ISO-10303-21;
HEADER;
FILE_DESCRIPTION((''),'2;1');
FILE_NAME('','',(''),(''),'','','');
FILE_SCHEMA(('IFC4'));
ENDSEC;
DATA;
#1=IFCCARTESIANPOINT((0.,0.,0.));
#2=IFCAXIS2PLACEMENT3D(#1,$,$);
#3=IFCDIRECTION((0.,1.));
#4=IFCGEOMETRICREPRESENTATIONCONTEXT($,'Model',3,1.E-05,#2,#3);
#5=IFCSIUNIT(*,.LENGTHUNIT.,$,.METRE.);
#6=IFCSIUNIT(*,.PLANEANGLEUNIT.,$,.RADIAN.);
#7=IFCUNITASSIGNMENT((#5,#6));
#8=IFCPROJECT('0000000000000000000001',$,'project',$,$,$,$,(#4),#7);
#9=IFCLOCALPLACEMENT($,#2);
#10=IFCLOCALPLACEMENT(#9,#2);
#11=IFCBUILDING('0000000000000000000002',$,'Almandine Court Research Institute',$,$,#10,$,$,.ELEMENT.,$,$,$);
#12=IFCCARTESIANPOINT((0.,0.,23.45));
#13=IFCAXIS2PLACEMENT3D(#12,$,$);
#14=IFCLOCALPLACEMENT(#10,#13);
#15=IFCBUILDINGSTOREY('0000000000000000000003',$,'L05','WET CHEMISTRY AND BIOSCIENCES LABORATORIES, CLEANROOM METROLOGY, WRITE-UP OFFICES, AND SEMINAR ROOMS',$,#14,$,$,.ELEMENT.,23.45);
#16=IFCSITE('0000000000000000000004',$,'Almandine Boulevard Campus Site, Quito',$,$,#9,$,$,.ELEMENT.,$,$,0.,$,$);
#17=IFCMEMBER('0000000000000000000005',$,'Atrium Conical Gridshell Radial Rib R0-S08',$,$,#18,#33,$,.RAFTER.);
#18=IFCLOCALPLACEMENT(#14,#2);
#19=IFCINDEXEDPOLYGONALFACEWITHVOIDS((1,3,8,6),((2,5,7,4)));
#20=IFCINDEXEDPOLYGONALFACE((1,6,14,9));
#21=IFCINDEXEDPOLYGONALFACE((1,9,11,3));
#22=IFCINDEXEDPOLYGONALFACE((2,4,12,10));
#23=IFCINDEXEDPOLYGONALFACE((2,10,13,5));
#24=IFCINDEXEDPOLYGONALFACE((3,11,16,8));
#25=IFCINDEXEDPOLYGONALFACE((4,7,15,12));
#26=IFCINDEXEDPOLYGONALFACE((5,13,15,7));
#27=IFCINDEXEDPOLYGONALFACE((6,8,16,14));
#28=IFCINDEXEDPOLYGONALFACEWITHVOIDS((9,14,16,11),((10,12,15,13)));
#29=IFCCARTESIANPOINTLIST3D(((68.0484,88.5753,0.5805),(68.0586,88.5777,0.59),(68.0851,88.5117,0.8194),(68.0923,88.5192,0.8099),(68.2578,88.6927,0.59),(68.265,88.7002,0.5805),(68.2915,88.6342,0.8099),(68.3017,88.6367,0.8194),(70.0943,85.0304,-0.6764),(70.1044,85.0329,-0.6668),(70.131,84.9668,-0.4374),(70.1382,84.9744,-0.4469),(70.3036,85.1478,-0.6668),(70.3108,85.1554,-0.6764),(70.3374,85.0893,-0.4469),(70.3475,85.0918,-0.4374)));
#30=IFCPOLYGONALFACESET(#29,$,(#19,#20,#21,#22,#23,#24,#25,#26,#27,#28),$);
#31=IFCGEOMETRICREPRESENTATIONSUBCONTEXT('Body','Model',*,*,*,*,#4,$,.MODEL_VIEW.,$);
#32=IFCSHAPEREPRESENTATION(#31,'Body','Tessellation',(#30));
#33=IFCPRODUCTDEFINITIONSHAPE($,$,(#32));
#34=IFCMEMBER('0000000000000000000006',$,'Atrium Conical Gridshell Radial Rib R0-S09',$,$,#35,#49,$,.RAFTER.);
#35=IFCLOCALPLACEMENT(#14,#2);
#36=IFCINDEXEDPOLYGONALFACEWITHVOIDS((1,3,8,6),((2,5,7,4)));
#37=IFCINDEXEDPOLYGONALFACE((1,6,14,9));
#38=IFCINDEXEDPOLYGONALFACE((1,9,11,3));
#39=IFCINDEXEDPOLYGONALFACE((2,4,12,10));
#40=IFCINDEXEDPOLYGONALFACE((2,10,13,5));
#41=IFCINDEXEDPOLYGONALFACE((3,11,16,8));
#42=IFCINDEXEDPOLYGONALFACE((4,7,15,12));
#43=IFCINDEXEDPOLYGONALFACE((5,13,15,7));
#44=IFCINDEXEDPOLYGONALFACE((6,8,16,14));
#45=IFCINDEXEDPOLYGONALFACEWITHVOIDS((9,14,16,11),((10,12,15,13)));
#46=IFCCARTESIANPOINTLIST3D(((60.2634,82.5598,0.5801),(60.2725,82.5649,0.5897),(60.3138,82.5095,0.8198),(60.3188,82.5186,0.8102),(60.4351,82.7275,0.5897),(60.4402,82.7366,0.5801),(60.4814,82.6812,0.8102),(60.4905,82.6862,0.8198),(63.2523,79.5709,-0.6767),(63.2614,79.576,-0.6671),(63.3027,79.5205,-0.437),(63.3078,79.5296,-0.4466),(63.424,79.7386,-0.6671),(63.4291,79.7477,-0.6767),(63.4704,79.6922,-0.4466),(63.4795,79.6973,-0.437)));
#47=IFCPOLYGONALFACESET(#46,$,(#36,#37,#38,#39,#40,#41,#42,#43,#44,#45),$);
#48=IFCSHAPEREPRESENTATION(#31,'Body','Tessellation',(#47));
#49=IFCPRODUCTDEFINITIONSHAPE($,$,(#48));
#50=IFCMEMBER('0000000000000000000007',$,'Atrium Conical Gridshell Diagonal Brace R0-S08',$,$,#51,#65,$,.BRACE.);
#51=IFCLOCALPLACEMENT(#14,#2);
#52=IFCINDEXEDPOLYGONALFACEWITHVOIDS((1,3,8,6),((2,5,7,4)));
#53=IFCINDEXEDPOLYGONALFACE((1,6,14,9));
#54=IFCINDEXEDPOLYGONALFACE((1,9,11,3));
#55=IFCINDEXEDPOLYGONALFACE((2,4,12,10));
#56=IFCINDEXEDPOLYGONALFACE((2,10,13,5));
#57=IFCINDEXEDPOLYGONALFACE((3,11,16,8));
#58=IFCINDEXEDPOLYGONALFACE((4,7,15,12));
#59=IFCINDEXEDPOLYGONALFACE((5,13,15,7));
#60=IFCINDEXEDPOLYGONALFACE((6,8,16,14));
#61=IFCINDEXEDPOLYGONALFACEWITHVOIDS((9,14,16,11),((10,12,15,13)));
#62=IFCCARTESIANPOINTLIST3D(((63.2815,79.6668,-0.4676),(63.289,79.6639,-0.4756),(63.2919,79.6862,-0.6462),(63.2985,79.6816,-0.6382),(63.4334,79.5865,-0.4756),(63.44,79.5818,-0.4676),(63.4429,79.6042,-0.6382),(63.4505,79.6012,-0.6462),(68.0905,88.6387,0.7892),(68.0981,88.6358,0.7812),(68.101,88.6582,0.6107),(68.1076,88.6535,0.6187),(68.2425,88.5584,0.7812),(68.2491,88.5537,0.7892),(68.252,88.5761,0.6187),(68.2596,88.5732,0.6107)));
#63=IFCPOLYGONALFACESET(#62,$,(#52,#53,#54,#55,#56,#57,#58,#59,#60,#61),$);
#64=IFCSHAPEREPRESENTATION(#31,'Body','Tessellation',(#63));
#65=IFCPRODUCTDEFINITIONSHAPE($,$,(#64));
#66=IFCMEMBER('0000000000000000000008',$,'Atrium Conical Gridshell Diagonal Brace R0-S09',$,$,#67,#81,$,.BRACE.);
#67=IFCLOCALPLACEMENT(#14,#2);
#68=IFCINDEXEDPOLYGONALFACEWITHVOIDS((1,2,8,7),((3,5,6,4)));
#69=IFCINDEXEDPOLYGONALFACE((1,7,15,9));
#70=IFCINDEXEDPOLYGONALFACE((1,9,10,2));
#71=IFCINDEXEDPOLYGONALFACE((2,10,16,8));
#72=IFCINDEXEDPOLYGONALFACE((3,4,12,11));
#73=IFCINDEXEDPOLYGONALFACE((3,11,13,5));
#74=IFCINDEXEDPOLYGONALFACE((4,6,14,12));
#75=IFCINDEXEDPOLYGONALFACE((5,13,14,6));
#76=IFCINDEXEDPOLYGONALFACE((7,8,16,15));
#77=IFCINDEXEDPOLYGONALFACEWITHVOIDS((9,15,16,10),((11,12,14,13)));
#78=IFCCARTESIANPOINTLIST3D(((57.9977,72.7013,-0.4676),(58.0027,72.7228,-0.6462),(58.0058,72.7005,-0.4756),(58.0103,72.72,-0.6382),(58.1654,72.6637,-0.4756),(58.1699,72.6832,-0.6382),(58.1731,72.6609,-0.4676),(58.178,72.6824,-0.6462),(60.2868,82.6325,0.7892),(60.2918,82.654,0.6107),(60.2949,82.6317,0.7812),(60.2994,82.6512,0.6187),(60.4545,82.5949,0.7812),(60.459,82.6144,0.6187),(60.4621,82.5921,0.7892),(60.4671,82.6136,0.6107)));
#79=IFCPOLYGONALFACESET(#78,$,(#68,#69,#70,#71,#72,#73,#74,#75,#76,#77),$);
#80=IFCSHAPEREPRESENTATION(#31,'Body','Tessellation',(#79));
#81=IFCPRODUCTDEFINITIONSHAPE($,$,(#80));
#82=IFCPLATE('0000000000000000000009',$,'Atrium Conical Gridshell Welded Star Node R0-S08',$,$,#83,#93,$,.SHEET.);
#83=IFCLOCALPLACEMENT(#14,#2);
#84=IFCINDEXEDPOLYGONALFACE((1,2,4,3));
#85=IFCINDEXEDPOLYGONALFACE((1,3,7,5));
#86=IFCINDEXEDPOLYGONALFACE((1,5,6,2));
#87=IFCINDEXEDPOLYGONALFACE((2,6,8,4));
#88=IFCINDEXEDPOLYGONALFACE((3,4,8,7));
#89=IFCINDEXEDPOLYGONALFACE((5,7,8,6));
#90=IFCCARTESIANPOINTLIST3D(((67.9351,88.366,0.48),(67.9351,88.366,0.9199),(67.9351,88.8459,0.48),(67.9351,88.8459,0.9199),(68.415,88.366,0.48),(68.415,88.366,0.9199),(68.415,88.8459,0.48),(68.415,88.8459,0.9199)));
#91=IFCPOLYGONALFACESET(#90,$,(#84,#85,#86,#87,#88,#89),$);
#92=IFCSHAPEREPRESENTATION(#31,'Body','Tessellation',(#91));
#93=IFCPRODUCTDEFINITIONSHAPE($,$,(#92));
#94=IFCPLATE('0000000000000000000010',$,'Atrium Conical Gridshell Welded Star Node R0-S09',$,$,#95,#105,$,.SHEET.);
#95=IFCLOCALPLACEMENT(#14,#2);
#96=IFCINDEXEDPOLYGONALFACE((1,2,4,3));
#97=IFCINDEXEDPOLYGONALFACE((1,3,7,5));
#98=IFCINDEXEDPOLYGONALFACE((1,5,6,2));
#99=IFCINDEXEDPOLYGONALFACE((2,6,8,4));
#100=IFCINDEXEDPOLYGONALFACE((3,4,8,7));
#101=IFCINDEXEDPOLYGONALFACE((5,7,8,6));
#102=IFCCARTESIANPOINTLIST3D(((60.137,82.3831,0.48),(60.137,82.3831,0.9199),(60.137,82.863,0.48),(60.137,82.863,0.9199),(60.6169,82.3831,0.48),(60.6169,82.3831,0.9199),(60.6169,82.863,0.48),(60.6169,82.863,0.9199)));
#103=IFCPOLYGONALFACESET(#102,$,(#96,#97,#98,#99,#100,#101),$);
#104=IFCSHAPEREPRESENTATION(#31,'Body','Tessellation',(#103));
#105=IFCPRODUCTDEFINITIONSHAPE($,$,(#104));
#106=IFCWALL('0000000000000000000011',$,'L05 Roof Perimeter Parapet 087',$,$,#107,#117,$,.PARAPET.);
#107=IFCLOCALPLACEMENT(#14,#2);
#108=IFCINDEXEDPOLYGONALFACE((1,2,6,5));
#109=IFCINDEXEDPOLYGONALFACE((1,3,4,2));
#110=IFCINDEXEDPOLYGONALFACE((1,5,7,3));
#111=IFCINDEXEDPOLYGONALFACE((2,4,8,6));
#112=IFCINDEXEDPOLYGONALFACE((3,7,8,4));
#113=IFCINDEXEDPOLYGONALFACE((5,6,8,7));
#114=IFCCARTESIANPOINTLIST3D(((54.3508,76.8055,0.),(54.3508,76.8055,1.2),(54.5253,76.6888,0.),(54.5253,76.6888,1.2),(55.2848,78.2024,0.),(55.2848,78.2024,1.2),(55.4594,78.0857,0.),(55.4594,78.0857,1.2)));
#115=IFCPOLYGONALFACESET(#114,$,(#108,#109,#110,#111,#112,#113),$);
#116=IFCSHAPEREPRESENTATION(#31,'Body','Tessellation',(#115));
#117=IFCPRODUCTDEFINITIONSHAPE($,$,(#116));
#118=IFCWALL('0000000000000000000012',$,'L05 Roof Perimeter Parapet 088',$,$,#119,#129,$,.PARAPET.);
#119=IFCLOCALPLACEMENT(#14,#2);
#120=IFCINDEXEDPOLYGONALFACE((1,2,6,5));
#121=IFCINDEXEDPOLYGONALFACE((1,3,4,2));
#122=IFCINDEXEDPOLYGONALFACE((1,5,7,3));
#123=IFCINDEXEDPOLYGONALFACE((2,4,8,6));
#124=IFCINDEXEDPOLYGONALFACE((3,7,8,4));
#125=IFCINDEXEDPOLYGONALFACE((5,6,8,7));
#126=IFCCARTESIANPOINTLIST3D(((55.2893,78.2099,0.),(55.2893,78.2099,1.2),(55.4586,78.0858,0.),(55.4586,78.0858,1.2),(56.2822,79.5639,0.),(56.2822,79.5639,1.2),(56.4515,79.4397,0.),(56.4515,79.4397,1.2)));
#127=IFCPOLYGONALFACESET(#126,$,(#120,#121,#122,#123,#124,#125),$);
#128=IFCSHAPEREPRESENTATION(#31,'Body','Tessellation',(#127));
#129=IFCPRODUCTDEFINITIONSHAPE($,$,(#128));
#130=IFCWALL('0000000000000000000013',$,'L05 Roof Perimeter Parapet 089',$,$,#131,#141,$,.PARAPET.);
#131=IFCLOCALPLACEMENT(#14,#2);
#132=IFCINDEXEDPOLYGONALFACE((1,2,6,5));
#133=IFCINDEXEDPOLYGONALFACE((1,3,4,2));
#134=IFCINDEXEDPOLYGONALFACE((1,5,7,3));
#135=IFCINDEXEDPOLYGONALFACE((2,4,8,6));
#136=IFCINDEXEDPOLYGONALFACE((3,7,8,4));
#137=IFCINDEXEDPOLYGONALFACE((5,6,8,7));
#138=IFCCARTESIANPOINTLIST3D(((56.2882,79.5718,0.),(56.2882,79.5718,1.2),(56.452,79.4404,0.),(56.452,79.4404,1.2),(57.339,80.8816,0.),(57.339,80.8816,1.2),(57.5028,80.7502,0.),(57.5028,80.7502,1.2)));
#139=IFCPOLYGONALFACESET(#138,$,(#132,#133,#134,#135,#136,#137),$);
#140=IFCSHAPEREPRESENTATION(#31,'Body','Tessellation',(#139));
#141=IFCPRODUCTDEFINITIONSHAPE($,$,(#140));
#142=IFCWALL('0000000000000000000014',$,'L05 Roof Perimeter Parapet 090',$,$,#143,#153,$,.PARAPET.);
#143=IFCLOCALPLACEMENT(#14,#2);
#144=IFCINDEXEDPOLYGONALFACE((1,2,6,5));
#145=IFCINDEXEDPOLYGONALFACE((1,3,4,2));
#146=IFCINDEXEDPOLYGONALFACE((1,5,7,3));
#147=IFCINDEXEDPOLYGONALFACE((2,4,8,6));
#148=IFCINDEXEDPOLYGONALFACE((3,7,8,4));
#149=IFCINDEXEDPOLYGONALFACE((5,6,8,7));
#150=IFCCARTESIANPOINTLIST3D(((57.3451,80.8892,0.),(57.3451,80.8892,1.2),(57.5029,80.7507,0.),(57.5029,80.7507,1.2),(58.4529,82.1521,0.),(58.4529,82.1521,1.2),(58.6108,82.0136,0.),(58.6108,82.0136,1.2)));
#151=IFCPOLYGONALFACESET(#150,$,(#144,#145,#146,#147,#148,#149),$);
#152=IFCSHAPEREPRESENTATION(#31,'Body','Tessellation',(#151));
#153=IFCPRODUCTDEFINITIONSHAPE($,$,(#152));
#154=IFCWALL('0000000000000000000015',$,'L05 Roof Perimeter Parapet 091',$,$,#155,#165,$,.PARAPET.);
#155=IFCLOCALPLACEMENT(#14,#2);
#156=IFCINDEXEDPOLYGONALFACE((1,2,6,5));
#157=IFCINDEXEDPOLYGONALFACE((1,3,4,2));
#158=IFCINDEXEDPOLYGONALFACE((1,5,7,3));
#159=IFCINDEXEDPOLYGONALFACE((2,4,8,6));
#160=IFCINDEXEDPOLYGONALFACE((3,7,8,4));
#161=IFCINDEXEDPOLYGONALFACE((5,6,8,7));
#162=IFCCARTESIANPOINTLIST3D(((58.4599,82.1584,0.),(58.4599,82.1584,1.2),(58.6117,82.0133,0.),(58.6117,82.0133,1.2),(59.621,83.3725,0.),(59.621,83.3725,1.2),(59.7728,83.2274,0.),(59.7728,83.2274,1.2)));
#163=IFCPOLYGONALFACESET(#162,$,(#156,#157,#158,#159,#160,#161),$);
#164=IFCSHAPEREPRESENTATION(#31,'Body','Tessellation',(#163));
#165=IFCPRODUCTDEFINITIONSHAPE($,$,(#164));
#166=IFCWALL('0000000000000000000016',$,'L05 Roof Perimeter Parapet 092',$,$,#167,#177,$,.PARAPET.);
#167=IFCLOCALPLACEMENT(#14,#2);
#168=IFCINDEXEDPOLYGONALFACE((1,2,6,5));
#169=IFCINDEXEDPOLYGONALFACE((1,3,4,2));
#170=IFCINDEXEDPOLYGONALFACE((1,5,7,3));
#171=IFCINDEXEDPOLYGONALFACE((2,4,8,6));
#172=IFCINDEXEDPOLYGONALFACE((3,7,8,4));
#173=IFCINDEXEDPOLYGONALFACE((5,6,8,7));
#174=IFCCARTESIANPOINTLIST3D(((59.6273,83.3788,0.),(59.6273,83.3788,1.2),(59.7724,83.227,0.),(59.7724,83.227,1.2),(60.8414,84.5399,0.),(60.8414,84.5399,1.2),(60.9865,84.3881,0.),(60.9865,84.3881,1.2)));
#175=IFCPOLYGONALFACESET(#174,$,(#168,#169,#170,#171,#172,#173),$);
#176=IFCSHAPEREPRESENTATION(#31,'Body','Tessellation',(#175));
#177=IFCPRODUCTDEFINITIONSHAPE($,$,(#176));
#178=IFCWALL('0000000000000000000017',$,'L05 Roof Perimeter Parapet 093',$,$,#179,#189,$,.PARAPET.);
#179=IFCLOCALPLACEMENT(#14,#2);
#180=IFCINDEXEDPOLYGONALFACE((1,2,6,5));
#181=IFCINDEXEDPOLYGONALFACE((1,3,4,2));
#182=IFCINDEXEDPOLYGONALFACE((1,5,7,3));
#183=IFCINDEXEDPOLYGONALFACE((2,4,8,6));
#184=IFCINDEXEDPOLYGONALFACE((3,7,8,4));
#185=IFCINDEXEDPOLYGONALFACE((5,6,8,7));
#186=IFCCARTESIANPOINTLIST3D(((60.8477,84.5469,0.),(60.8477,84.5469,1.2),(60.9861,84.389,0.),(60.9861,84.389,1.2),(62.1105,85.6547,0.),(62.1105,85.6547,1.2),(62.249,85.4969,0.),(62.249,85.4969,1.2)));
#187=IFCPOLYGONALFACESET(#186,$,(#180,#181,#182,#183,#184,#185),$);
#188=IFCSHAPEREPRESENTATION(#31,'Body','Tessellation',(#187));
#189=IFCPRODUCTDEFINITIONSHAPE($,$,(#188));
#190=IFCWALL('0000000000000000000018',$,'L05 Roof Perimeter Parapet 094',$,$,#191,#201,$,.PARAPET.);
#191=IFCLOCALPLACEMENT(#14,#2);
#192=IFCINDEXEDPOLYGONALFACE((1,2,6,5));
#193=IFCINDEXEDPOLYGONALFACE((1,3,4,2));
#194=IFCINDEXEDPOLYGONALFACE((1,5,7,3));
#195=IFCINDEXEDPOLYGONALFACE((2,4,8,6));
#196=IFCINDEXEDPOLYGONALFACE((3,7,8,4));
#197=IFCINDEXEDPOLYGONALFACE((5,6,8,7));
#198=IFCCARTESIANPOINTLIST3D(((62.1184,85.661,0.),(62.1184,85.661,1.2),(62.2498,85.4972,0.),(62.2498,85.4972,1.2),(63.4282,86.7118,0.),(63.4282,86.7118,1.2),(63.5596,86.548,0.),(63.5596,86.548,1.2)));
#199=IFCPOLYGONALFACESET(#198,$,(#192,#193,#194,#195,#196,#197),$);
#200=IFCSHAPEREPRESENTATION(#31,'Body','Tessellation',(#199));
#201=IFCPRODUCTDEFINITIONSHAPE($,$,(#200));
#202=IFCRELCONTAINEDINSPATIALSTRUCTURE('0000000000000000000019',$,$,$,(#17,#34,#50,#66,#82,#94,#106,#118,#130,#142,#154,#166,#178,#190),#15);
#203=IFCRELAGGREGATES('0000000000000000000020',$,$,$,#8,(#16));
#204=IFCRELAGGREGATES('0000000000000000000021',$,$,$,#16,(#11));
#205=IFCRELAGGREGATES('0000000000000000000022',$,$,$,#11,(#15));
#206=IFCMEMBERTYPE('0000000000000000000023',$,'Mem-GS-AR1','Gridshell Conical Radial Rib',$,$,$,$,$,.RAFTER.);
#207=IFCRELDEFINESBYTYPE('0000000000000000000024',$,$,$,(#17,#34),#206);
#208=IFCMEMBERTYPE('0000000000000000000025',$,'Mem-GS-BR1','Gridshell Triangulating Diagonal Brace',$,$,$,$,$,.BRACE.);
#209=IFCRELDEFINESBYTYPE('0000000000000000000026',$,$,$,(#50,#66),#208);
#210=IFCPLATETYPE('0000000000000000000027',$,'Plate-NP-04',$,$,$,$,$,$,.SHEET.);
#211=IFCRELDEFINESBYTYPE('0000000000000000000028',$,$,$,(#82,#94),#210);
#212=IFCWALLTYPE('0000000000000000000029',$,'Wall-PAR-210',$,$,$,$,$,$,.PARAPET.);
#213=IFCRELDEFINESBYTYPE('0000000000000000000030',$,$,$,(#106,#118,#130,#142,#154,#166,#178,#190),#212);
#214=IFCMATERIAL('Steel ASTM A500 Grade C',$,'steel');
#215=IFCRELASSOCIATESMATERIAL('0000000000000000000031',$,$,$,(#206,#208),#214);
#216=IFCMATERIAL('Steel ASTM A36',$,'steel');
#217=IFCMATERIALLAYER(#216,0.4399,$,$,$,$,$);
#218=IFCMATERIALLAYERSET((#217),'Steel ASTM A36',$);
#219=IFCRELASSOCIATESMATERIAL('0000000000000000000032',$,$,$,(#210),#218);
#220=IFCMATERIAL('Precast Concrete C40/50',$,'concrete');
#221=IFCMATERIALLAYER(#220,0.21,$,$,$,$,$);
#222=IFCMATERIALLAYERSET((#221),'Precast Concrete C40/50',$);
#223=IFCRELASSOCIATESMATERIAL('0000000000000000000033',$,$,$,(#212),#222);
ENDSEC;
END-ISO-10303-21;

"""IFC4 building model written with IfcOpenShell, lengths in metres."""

from ifc_helpers import new_model, si_unit, direction, frame, frame_2d, origin, origin_2d, place, context, subcontext, project, spatial, rectangle, hollow_rectangle, extrude, material, layer, layer_set, material_profile, profile_set, type_object, element, save


model = new_model("IFC4")

# Units and contexts
model_context = context("Model", 3, precision=1e-05, world=origin(), true_north=direction((0.0, 1.0)))
body_context = subcontext(model_context, "Body", "Model", "MODEL_VIEW")
ifc_project = project(units=[si_unit("LENGTHUNIT", "METRE"), si_unit("PLANEANGLEUNIT", "RADIAN")], contexts=[model_context])

# Site, building, storey
site_placement = place(None, origin())
site = spatial("IfcSite", under=ifc_project, at=site_placement, Name="Almandine Boulevard Campus Site, Quito", CompositionType="ELEMENT", RefElevation=0.0)
building_placement = place(site_placement, origin())
building = spatial("IfcBuilding", under=site, at=building_placement, Name="Almandine Court Research Institute", CompositionType="ELEMENT")
storey_placement = place(building_placement, frame((0.0, 0.0, 23.45)))
storey = spatial("IfcBuildingStorey", under=building, at=storey_placement, Name="L05", Description="WET CHEMISTRY AND BIOSCIENCES LABORATORIES, CLEANROOM METROLOGY, WRITE-UP OFFICES, AND SEMINAR ROOMS", CompositionType="ELEMENT", Elevation=23.45)

# Members
ifc_material_1 = material(Name="Steel ASTM A500 Grade C", Category="steel")
ifc_material_profile_1 = material_profile(ifc_material_1, hollow_rectangle(XDim=0.25, YDim=0.25, WallThickness=0.01, at=origin_2d()), Name="HSS 250x250x10")
ifc_profile_set_1 = profile_set([ifc_material_profile_1], Name="Steel ASTM A500 Grade C")
member_type_1 = type_object("IfcMemberType", Name="Mem-GS-AR1", Description="Gridshell Conical Radial Rib", PredefinedType="RAFTER", material=ifc_profile_set_1)
member_1_placement = place(storey_placement, frame((68.175, 88.606, 0.7), z_axis=(0.477839, -0.82795, -0.293546), x_axis=(0.866106, 0.49986, 0.0)))
element("IfcMember", 1, at=member_1_placement, inside=storey, type_object=member_type_1, Name="Atrium Conical Gridshell Radial Rib R0-S08", PredefinedType="RAFTER", context=body_context, shape_type="SweptSolid", body=[
    extrude(hollow_rectangle(XDim=0.25, YDim=0.25, WallThickness=0.01, at=origin_2d()), origin(), (0.0, 0.0, 1.0), 4.2815),
])
member_2_placement = place(storey_placement, frame((60.377, 82.623, 0.7), z_axis=(0.677782, -0.677782, -0.284997), x_axis=(0.707107, 0.707107, 0.0)))
element("IfcMember", 2, at=member_2_placement, inside=storey, type_object=member_type_1, Name="Atrium Conical Gridshell Radial Rib R0-S09", PredefinedType="RAFTER", context=body_context, shape_type="SweptSolid", body=[
    extrude(hollow_rectangle(XDim=0.25, YDim=0.25, WallThickness=0.01, at=origin_2d()), origin(), (0.0, 0.0, 1.0), 4.4099),
])
ifc_material_profile_2 = material_profile(ifc_material_1, hollow_rectangle(XDim=0.1799, YDim=0.1799, WallThickness=0.0081, at=origin_2d()), Name="HSS 180x180x8")
ifc_profile_set_2 = profile_set([ifc_material_profile_2], Name="Steel ASTM A500 Grade C")
member_type_2 = type_object("IfcMemberType", Name="Mem-GS-BR1", Description="Gridshell Triangulating Diagonal Brace", PredefinedType="BRACE", material=ifc_profile_set_2)
member_3_placement = place(storey_placement, frame((68.175, 88.606, 0.7), z_axis=(-0.468867, -0.874728, -0.122537), x_axis=(0.88137, -0.472427, 0.0)))
element("IfcMember", 3, at=member_3_placement, inside=storey, type_object=member_type_2, Name="Atrium Conical Gridshell Diagonal Brace R0-S08", PredefinedType="BRACE", context=body_context, shape_type="SweptSolid", body=[
    extrude(hollow_rectangle(XDim=0.1799, YDim=0.1799, WallThickness=0.0081, at=origin_2d()), origin(), (0.0, 0.0, 1.0), 10.2568),
])
member_4_placement = place(storey_placement, frame((60.377, 82.623, 0.7), z_axis=(-0.222915, -0.967124, -0.122394), x_axis=(0.97445, -0.224604, 0.0)))
element("IfcMember", 4, at=member_4_placement, inside=storey, type_object=member_type_2, Name="Atrium Conical Gridshell Diagonal Brace R0-S09", PredefinedType="BRACE", context=body_context, shape_type="SweptSolid", body=[
    extrude(hollow_rectangle(XDim=0.1799, YDim=0.1799, WallThickness=0.0081, at=origin_2d()), origin(), (0.0, 0.0, 1.0), 10.2688),
])

# Plates
ifc_material_2 = material(Name="Steel ASTM A36", Category="steel")
ifc_layer_1 = layer(ifc_material_2, 0.4399)
ifc_layer_set_1 = layer_set([ifc_layer_1], Name="Steel ASTM A36")
plate_type = type_object("IfcPlateType", Name="Plate-NP-04", PredefinedType="SHEET", material=ifc_layer_set_1)
for number, where, z_axis, x_axis, name in (
    (5, (68.175, 88.606, 0.48), (0.0, 0.0, 1.0), (1.0, 0.0, 0.0), "Atrium Conical Gridshell Welded Star Node R0-S08"),
    (6, (60.377, 82.623, 0.48), (0.0, 0.0, 1.0), (1.0, 0.0, 0.0), "Atrium Conical Gridshell Welded Star Node R0-S09"),
):
    element("IfcPlate", number, at=place(storey_placement, frame(where, z_axis=z_axis, x_axis=x_axis)), inside=storey, type_object=plate_type, Name=name, PredefinedType="SHEET", context=body_context, shape_type="SweptSolid", body=[
        extrude(rectangle(XDim=0.48, YDim=0.48, at=origin_2d()), origin(), (0.0, 0.0, 1.0), 0.4399),
    ])

# Walls
ifc_material_3 = material(Name="Precast Concrete C40/50", Category="concrete")
ifc_layer_2 = layer(ifc_material_3, 0.21)
ifc_layer_set_2 = layer_set([ifc_layer_2], Name="Precast Concrete C40/50")
wall_type = type_object("IfcWallType", Name="Wall-PAR-210", PredefinedType="PARAPET", material=ifc_layer_set_2)
wall_1_placement = place(storey_placement, frame((54.438, 76.7471, 0.0), z_axis=(0.0, 0.0, 1.0), x_axis=(0.55584, 0.83129, 0.0)))
element("IfcWall", 7, at=wall_1_placement, inside=storey, type_object=wall_type, Name="L05 Roof Perimeter Parapet 087", PredefinedType="PARAPET", context=body_context, shape_type="SweptSolid", body=[
    extrude(rectangle(XDim=1.6804, YDim=0.21, at=frame_2d((0.8403, 0.0))), origin(), (0.0, 0.0, 1.0), 1.2),
])
wall_2_placement = place(storey_placement, frame((55.374, 78.1479, 0.0), z_axis=(0.0, 0.0, 1.0), x_axis=(0.591357, 0.80641, 0.0)))
element("IfcWall", 8, at=wall_2_placement, inside=storey, type_object=wall_type, Name="L05 Roof Perimeter Parapet 088", PredefinedType="PARAPET", context=body_context, shape_type="SweptSolid", body=[
    extrude(rectangle(XDim=1.679, YDim=0.21, at=frame_2d((0.8394, 0.0))), origin(), (0.0, 0.0, 1.0), 1.2),
])
wall_3_placement = place(storey_placement, frame((56.3701, 79.5061, 0.0), z_axis=(0.0, 0.0, 1.0), x_axis=(0.625758, 0.780017, 0.0)))
element("IfcWall", 9, at=wall_3_placement, inside=storey, type_object=wall_type, Name="L05 Roof Perimeter Parapet 089", PredefinedType="PARAPET", context=body_context, shape_type="SweptSolid", body=[
    extrude(rectangle(XDim=1.6792, YDim=0.21, at=frame_2d((0.8396, 0.0))), origin(), (0.0, 0.0, 1.0), 1.2),
])
for number, where, z_axis, x_axis, name in (
    (10, (57.4241, 80.8201, 0.0), (0.0, 0.0, 1.0), (0.659461, 0.751739, 0.0), "L05 Roof Perimeter Parapet 090"),
    (11, (58.5359, 82.0859, 0.0), (0.0, 0.0, 1.0), (0.691163, 0.722699, 0.0), "L05 Roof Perimeter Parapet 091"),
    (12, (59.7, 83.303, 0.0), (0.0, 0.0, 1.0), (0.722699, 0.691163, 0.0), "L05 Roof Perimeter Parapet 092"),
    (13, (60.917, 84.468, 0.0), (0.0, 0.0, 1.0), (0.751739, 0.659461, 0.0), "L05 Roof Perimeter Parapet 093"),
):
    element("IfcWall", number, at=place(storey_placement, frame(where, z_axis=z_axis, x_axis=x_axis)), inside=storey, type_object=wall_type, Name=name, PredefinedType="PARAPET", context=body_context, shape_type="SweptSolid", body=[
        extrude(rectangle(XDim=1.6799, YDim=0.21, at=frame_2d((0.8398, 0.0))), origin(), (0.0, 0.0, 1.0), 1.2),
    ])
wall_4_placement = place(storey_placement, frame((62.1841, 85.5791, 0.0), z_axis=(0.0, 0.0, 1.0), x_axis=(0.780017, 0.625758, 0.0)))
element("IfcWall", 14, at=wall_4_placement, inside=storey, type_object=wall_type, Name="L05 Roof Perimeter Parapet 094", PredefinedType="PARAPET", context=body_context, shape_type="SweptSolid", body=[
    extrude(rectangle(XDim=1.6792, YDim=0.21, at=frame_2d((0.8396, 0.0))), origin(), (0.0, 0.0, 1.0), 1.2),
])

save(model, "model.ifc")
